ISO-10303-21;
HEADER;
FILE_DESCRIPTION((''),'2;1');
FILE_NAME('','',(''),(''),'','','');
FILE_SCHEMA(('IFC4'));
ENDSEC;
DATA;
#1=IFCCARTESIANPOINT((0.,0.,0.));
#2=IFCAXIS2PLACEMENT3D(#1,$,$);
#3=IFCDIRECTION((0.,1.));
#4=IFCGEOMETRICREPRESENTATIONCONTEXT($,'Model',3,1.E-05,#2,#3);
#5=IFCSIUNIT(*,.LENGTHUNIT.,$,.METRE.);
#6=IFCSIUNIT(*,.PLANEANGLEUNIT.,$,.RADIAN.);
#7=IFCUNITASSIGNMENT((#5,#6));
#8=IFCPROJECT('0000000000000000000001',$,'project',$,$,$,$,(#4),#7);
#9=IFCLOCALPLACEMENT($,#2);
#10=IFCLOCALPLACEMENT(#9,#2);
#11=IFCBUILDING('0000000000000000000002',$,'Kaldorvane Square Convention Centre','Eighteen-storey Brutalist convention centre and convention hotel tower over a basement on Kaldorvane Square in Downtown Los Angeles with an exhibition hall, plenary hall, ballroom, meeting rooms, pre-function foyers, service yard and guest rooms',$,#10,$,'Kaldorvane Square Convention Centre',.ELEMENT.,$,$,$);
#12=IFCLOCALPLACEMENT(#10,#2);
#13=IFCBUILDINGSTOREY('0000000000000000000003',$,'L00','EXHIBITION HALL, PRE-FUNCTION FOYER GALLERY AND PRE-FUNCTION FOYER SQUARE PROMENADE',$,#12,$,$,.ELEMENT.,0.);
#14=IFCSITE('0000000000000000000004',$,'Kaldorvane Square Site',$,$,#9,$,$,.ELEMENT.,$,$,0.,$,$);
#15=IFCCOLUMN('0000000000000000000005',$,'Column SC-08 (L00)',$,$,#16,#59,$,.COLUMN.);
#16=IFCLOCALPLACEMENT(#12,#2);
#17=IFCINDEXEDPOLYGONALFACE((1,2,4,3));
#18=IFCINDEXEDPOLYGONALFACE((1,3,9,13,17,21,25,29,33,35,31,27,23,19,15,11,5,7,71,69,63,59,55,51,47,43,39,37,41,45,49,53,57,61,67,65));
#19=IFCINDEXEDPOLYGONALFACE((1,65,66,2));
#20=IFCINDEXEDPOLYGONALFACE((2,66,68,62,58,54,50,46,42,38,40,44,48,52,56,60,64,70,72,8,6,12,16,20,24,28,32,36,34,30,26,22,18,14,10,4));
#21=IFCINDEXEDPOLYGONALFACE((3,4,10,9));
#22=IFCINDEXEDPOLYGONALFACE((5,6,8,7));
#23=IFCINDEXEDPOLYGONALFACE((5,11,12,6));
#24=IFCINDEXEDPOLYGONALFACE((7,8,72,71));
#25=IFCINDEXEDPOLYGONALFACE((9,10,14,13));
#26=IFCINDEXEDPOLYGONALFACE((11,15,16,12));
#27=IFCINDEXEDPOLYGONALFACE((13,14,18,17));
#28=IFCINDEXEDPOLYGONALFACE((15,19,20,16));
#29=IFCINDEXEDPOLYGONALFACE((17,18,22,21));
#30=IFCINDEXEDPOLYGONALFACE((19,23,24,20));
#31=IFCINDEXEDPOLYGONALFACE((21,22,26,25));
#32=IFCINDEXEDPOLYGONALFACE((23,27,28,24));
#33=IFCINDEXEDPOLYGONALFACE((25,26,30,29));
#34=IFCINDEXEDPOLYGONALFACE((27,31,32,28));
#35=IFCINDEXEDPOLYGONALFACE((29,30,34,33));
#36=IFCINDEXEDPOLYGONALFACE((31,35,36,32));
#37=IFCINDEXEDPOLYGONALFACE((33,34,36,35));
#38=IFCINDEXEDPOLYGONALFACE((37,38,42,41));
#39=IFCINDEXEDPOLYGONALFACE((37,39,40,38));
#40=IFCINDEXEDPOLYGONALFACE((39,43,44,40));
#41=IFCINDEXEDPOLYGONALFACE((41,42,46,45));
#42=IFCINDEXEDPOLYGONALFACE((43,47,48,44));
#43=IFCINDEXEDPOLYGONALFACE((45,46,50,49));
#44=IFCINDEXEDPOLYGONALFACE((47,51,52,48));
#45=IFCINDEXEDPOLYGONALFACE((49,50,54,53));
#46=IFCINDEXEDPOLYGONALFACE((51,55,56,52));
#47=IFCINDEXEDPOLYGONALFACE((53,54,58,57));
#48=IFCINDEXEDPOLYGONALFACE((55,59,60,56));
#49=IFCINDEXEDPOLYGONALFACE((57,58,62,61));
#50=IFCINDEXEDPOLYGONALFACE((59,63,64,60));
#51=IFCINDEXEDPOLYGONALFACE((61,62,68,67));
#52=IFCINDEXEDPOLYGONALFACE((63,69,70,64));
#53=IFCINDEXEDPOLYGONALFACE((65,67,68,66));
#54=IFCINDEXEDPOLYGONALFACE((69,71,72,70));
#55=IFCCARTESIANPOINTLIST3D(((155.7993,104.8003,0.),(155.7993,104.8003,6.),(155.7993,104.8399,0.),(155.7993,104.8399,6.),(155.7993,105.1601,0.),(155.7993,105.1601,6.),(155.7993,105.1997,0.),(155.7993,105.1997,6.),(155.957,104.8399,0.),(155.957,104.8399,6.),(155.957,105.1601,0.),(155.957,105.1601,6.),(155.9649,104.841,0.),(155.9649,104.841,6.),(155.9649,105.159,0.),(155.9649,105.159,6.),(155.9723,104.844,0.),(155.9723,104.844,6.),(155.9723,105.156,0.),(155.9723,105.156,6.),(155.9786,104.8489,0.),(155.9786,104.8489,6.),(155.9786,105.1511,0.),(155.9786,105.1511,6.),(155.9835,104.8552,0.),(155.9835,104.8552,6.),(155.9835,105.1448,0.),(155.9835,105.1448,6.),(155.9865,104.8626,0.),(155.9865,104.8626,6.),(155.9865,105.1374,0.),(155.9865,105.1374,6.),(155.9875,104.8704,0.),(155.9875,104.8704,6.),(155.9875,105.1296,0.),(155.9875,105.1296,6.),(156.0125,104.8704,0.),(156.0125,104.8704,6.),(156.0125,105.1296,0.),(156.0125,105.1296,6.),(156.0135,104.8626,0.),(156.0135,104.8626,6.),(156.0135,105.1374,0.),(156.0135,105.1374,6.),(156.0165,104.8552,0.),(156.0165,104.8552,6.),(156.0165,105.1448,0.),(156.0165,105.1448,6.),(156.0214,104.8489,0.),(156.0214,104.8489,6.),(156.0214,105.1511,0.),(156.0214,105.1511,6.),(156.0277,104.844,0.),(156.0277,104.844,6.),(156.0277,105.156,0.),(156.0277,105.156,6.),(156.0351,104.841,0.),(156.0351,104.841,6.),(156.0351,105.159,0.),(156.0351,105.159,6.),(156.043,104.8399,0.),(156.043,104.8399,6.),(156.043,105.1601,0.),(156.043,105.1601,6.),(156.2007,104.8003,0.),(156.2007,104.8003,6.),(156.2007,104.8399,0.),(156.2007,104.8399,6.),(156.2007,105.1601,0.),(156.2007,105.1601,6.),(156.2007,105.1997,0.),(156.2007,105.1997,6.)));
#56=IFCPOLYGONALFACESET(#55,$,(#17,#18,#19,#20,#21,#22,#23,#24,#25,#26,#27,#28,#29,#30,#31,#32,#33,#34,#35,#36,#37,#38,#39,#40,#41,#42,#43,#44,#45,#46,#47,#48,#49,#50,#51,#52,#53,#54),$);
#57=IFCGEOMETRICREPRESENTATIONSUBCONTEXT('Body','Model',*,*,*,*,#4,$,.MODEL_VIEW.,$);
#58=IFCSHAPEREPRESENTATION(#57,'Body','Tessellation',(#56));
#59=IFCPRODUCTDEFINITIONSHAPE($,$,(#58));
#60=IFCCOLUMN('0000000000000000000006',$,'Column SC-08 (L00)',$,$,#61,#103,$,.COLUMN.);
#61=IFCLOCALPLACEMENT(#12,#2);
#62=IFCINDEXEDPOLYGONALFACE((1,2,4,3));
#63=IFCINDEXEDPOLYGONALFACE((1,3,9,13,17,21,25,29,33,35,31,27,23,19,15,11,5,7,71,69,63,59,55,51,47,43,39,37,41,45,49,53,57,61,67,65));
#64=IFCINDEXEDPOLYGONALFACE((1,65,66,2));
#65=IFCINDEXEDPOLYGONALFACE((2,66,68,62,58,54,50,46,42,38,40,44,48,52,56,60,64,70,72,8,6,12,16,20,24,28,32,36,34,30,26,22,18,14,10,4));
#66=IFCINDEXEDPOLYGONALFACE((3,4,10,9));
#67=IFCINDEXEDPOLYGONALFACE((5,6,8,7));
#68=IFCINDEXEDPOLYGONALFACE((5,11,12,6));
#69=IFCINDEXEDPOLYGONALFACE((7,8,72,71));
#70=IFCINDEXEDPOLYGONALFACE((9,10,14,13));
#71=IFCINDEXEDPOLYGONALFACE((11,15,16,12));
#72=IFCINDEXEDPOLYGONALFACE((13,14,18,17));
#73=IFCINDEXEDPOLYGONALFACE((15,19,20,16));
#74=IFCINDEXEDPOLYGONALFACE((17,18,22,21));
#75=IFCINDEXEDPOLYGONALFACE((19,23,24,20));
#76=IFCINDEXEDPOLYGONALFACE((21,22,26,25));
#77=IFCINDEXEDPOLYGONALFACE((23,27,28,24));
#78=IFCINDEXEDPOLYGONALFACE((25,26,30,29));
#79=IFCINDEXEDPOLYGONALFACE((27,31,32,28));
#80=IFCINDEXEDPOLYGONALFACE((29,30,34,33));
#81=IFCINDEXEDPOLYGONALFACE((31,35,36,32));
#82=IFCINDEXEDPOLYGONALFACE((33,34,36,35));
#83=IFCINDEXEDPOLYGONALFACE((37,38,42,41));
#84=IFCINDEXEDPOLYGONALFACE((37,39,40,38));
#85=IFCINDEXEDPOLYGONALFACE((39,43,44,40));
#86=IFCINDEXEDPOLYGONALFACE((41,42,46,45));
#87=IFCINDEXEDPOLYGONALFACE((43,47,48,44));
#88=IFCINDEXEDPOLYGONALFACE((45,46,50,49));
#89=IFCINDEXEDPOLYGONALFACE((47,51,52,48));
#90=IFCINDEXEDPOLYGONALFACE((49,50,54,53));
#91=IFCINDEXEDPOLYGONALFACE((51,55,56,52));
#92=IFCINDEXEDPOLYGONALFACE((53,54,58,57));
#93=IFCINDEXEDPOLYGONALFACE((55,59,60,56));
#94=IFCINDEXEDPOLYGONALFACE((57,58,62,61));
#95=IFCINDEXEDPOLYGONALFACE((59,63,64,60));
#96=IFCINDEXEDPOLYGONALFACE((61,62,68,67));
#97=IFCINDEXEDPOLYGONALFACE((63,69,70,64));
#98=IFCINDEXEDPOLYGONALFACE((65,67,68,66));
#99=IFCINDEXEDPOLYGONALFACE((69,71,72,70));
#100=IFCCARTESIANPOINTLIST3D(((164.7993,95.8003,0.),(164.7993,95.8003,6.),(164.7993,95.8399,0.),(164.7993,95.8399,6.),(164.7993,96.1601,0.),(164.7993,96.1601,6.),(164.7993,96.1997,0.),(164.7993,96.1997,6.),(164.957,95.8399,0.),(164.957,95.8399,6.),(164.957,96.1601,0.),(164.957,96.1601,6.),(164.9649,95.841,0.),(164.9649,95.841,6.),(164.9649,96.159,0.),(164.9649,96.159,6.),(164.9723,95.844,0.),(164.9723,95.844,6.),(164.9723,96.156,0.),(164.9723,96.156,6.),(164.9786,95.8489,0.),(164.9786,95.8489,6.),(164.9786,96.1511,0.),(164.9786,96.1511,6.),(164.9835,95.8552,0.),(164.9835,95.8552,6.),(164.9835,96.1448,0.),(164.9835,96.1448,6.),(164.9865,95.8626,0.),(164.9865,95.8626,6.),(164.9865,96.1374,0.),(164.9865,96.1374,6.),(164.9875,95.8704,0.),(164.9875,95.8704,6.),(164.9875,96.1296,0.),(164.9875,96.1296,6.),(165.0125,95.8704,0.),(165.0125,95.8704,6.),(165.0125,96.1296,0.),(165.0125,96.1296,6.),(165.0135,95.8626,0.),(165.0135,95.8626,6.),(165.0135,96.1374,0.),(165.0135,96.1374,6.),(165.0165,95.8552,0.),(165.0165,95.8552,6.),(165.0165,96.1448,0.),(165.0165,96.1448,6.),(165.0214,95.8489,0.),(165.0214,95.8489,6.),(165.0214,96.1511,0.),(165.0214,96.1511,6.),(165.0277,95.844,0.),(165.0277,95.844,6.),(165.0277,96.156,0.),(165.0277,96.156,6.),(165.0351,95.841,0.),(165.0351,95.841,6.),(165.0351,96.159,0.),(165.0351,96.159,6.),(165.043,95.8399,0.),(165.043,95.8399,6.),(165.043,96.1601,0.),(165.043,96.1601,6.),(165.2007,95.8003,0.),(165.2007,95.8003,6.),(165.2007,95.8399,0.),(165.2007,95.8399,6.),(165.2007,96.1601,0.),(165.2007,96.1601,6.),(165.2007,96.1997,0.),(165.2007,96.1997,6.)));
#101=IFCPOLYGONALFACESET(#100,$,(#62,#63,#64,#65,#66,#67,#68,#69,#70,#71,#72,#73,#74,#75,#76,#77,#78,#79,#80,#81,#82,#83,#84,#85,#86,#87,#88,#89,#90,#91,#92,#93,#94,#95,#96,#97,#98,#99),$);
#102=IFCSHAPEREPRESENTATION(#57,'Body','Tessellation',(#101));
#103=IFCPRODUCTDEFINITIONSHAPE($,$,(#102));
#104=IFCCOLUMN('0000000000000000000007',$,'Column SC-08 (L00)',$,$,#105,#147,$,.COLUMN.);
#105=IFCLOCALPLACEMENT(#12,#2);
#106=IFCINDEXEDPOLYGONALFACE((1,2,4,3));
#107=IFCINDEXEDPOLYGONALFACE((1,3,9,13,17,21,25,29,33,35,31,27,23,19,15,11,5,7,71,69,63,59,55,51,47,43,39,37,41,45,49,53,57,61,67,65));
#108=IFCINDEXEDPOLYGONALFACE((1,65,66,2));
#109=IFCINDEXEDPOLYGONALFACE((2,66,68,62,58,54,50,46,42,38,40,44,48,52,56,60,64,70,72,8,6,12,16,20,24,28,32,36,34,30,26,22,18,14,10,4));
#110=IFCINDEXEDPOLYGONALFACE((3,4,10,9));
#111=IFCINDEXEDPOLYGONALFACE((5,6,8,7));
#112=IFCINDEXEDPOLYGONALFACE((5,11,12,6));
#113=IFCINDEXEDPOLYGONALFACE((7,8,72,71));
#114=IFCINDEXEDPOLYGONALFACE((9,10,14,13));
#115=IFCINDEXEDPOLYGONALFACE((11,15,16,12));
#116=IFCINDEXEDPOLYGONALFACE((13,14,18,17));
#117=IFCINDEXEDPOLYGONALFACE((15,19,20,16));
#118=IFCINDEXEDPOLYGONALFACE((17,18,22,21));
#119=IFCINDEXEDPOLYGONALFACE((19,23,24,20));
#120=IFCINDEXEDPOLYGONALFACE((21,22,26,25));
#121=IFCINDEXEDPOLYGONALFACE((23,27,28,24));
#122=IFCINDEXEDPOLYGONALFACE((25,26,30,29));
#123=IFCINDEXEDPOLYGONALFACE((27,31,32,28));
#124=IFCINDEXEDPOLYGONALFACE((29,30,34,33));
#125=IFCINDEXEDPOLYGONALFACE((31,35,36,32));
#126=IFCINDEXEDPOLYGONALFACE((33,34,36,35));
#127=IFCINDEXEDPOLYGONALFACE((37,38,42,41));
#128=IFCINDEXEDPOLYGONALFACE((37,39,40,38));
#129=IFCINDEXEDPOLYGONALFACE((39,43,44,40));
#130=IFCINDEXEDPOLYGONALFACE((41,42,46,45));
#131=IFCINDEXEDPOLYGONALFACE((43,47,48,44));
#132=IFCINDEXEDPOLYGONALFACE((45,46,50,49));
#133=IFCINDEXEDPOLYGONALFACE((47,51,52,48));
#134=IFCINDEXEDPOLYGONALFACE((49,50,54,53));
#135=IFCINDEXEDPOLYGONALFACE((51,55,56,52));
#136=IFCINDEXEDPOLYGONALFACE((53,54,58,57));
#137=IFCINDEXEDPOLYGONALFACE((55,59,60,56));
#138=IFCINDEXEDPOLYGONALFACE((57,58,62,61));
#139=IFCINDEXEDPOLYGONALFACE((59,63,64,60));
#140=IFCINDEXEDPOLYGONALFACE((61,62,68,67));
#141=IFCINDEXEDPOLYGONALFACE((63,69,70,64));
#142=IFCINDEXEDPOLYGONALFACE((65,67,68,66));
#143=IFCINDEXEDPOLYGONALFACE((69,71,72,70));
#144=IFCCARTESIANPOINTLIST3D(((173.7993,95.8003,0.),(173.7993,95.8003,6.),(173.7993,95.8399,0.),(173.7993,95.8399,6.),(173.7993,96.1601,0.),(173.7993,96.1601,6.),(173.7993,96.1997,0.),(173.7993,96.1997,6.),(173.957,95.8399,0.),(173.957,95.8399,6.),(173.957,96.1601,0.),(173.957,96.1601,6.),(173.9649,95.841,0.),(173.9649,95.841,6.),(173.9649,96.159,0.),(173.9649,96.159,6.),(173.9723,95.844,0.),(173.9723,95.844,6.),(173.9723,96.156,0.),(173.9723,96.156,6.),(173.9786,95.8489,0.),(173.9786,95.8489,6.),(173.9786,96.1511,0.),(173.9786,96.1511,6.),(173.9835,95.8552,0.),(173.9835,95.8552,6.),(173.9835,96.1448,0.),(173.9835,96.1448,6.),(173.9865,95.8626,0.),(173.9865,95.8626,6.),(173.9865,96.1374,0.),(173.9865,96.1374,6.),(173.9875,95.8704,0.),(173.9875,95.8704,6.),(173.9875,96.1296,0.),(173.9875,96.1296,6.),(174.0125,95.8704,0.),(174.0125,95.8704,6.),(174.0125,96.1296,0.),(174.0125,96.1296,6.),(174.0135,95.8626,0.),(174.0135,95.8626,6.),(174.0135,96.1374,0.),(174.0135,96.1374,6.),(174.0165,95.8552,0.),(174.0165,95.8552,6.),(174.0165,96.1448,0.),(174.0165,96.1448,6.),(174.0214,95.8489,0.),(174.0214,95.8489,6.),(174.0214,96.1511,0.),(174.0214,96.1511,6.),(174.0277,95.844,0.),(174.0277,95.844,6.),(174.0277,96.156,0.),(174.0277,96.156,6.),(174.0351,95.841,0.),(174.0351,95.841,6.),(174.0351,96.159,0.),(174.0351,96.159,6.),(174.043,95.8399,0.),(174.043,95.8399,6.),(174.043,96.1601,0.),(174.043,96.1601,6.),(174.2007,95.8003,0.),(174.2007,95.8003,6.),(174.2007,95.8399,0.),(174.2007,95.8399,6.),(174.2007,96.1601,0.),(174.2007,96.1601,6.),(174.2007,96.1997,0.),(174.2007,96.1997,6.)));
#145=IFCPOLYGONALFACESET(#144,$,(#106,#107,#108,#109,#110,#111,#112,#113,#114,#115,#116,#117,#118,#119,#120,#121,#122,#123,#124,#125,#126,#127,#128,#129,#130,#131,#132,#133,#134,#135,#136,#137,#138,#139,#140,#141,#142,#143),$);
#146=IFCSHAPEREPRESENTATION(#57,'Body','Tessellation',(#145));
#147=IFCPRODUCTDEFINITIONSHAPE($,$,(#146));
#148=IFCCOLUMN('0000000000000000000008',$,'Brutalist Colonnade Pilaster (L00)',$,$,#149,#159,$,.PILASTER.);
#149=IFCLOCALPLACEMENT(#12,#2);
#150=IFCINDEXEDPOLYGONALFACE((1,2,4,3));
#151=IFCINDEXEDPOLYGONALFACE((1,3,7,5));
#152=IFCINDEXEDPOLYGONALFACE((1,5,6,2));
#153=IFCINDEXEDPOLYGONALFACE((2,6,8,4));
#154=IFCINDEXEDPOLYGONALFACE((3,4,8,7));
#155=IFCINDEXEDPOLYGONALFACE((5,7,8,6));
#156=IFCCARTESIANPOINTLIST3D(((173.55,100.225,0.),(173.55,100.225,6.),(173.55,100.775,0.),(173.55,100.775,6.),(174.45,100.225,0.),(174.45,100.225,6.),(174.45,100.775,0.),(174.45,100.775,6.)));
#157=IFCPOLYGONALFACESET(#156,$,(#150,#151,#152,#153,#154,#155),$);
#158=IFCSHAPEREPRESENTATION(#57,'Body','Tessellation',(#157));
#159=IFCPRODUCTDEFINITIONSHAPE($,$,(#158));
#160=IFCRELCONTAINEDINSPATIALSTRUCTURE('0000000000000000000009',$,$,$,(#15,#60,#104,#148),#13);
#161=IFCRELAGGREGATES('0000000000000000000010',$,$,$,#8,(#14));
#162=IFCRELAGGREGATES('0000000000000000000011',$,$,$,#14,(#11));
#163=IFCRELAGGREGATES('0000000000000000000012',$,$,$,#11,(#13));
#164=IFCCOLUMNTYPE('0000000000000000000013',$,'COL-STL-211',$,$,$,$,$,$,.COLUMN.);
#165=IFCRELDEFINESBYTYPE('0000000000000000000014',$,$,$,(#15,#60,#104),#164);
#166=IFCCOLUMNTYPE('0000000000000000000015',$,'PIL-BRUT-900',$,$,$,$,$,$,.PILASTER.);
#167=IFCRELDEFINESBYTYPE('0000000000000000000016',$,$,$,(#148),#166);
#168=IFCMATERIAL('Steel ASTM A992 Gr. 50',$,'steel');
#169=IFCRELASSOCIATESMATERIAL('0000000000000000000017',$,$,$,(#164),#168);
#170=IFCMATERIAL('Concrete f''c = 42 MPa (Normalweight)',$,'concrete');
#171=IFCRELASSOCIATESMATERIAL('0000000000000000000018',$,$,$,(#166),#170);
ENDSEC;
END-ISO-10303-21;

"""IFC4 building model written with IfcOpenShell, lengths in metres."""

from ifc_helpers import new_model, si_unit, direction, frame, origin, origin_2d, place, context, subcontext, project, spatial, rectangle, i_section, extrude, material, material_profile, profile_set, type_object, element, save


model = new_model("IFC4")

# Units and contexts
model_context = context("Model", 3, precision=1e-05, world=origin(), true_north=direction((0.0, 1.0)))
body_context = subcontext(model_context, "Body", "Model", "MODEL_VIEW")
ifc_project = project(units=[si_unit("LENGTHUNIT", "METRE"), si_unit("PLANEANGLEUNIT", "RADIAN")], contexts=[model_context])

# Site, building, storey
site_placement = place(None, origin())
site = spatial("IfcSite", under=ifc_project, at=site_placement, Name="Kaldorvane Square Site", CompositionType="ELEMENT", RefElevation=0.0)
building_placement = place(site_placement, origin())
building = spatial("IfcBuilding", under=site, at=building_placement, Name="Kaldorvane Square Convention Centre", Description="Eighteen-storey Brutalist convention centre and convention hotel tower over a basement on Kaldorvane Square in Downtown Los Angeles with an exhibition hall, plenary hall, ballroom, meeting rooms, pre-function foyers, service yard and guest rooms", LongName="Kaldorvane Square Convention Centre", CompositionType="ELEMENT")
storey_placement = place(building_placement, origin())
storey = spatial("IfcBuildingStorey", under=building, at=storey_placement, Name="L00", Description="EXHIBITION HALL, PRE-FUNCTION FOYER GALLERY AND PRE-FUNCTION FOYER SQUARE PROMENADE", CompositionType="ELEMENT", Elevation=0.0)

# Columns
ifc_material_1 = material(Name="Steel ASTM A992 Gr. 50", Category="steel")
ifc_material_profile_1 = material_profile(ifc_material_1, i_section(OverallWidth=0.4013, OverallDepth=0.3993, WebThickness=0.0249, FlangeThickness=0.0396, FilletRadius=0.0305, at=origin_2d()), Name="W14X211")
ifc_profile_set_1 = profile_set([ifc_material_profile_1], Name="Steel ASTM A992 Gr. 50")
column_type_1 = type_object("IfcColumnType", Name="COL-STL-211", PredefinedType="COLUMN", material=ifc_profile_set_1)
for number, where, z_axis, x_axis, name in (
    (1, (156.0, 105.0, 0.0), (0.0, 0.0, 1.0), (1.0, 0.0, 0.0), "Column SC-08 (L00)"),
    (2, (165.0, 96.0, 0.0), (0.0, 0.0, 1.0), (1.0, 0.0, 0.0), "Column SC-08 (L00)"),
    (3, (174.0, 96.0, 0.0), (0.0, 0.0, 1.0), (1.0, 0.0, 0.0), "Column SC-08 (L00)"),
):
    element("IfcColumn", number, at=place(storey_placement, frame(where, z_axis=z_axis, x_axis=x_axis)), inside=storey, type_object=column_type_1, Name=name, PredefinedType="COLUMN", context=body_context, shape_type="SweptSolid", body=[
        extrude(i_section(OverallWidth=0.4013, OverallDepth=0.3993, WebThickness=0.0249, FlangeThickness=0.0396, FilletRadius=0.0305, at=origin_2d()), origin(), (0.0, 0.0, 1.0), 6.0),
    ])
ifc_material_2 = material(Name="Concrete f'c = 42 MPa (Normalweight)", Category="concrete")
ifc_material_profile_2 = material_profile(ifc_material_2, rectangle(XDim=0.55, YDim=0.9, at=origin_2d()), Name="PIL900X550")
ifc_profile_set_2 = profile_set([ifc_material_profile_2], Name="Concrete f'c = 42 MPa (Normalweight)")
column_type_2 = type_object("IfcColumnType", Name="PIL-BRUT-900", PredefinedType="PILASTER", material=ifc_profile_set_2)
column_placement = place(storey_placement, frame((174.0, 100.5, 0.0), z_axis=(0.0, 0.0, 1.0), x_axis=(0.0, 1.0, 0.0)))
element("IfcColumn", 4, at=column_placement, inside=storey, type_object=column_type_2, Name="Brutalist Colonnade Pilaster (L00)", PredefinedType="PILASTER", context=body_context, shape_type="SweptSolid", body=[
    extrude(rectangle(XDim=0.55, YDim=0.9, at=origin_2d()), origin(), (0.0, 0.0, 1.0), 6.0),
])

save(model, "model.ifc")
